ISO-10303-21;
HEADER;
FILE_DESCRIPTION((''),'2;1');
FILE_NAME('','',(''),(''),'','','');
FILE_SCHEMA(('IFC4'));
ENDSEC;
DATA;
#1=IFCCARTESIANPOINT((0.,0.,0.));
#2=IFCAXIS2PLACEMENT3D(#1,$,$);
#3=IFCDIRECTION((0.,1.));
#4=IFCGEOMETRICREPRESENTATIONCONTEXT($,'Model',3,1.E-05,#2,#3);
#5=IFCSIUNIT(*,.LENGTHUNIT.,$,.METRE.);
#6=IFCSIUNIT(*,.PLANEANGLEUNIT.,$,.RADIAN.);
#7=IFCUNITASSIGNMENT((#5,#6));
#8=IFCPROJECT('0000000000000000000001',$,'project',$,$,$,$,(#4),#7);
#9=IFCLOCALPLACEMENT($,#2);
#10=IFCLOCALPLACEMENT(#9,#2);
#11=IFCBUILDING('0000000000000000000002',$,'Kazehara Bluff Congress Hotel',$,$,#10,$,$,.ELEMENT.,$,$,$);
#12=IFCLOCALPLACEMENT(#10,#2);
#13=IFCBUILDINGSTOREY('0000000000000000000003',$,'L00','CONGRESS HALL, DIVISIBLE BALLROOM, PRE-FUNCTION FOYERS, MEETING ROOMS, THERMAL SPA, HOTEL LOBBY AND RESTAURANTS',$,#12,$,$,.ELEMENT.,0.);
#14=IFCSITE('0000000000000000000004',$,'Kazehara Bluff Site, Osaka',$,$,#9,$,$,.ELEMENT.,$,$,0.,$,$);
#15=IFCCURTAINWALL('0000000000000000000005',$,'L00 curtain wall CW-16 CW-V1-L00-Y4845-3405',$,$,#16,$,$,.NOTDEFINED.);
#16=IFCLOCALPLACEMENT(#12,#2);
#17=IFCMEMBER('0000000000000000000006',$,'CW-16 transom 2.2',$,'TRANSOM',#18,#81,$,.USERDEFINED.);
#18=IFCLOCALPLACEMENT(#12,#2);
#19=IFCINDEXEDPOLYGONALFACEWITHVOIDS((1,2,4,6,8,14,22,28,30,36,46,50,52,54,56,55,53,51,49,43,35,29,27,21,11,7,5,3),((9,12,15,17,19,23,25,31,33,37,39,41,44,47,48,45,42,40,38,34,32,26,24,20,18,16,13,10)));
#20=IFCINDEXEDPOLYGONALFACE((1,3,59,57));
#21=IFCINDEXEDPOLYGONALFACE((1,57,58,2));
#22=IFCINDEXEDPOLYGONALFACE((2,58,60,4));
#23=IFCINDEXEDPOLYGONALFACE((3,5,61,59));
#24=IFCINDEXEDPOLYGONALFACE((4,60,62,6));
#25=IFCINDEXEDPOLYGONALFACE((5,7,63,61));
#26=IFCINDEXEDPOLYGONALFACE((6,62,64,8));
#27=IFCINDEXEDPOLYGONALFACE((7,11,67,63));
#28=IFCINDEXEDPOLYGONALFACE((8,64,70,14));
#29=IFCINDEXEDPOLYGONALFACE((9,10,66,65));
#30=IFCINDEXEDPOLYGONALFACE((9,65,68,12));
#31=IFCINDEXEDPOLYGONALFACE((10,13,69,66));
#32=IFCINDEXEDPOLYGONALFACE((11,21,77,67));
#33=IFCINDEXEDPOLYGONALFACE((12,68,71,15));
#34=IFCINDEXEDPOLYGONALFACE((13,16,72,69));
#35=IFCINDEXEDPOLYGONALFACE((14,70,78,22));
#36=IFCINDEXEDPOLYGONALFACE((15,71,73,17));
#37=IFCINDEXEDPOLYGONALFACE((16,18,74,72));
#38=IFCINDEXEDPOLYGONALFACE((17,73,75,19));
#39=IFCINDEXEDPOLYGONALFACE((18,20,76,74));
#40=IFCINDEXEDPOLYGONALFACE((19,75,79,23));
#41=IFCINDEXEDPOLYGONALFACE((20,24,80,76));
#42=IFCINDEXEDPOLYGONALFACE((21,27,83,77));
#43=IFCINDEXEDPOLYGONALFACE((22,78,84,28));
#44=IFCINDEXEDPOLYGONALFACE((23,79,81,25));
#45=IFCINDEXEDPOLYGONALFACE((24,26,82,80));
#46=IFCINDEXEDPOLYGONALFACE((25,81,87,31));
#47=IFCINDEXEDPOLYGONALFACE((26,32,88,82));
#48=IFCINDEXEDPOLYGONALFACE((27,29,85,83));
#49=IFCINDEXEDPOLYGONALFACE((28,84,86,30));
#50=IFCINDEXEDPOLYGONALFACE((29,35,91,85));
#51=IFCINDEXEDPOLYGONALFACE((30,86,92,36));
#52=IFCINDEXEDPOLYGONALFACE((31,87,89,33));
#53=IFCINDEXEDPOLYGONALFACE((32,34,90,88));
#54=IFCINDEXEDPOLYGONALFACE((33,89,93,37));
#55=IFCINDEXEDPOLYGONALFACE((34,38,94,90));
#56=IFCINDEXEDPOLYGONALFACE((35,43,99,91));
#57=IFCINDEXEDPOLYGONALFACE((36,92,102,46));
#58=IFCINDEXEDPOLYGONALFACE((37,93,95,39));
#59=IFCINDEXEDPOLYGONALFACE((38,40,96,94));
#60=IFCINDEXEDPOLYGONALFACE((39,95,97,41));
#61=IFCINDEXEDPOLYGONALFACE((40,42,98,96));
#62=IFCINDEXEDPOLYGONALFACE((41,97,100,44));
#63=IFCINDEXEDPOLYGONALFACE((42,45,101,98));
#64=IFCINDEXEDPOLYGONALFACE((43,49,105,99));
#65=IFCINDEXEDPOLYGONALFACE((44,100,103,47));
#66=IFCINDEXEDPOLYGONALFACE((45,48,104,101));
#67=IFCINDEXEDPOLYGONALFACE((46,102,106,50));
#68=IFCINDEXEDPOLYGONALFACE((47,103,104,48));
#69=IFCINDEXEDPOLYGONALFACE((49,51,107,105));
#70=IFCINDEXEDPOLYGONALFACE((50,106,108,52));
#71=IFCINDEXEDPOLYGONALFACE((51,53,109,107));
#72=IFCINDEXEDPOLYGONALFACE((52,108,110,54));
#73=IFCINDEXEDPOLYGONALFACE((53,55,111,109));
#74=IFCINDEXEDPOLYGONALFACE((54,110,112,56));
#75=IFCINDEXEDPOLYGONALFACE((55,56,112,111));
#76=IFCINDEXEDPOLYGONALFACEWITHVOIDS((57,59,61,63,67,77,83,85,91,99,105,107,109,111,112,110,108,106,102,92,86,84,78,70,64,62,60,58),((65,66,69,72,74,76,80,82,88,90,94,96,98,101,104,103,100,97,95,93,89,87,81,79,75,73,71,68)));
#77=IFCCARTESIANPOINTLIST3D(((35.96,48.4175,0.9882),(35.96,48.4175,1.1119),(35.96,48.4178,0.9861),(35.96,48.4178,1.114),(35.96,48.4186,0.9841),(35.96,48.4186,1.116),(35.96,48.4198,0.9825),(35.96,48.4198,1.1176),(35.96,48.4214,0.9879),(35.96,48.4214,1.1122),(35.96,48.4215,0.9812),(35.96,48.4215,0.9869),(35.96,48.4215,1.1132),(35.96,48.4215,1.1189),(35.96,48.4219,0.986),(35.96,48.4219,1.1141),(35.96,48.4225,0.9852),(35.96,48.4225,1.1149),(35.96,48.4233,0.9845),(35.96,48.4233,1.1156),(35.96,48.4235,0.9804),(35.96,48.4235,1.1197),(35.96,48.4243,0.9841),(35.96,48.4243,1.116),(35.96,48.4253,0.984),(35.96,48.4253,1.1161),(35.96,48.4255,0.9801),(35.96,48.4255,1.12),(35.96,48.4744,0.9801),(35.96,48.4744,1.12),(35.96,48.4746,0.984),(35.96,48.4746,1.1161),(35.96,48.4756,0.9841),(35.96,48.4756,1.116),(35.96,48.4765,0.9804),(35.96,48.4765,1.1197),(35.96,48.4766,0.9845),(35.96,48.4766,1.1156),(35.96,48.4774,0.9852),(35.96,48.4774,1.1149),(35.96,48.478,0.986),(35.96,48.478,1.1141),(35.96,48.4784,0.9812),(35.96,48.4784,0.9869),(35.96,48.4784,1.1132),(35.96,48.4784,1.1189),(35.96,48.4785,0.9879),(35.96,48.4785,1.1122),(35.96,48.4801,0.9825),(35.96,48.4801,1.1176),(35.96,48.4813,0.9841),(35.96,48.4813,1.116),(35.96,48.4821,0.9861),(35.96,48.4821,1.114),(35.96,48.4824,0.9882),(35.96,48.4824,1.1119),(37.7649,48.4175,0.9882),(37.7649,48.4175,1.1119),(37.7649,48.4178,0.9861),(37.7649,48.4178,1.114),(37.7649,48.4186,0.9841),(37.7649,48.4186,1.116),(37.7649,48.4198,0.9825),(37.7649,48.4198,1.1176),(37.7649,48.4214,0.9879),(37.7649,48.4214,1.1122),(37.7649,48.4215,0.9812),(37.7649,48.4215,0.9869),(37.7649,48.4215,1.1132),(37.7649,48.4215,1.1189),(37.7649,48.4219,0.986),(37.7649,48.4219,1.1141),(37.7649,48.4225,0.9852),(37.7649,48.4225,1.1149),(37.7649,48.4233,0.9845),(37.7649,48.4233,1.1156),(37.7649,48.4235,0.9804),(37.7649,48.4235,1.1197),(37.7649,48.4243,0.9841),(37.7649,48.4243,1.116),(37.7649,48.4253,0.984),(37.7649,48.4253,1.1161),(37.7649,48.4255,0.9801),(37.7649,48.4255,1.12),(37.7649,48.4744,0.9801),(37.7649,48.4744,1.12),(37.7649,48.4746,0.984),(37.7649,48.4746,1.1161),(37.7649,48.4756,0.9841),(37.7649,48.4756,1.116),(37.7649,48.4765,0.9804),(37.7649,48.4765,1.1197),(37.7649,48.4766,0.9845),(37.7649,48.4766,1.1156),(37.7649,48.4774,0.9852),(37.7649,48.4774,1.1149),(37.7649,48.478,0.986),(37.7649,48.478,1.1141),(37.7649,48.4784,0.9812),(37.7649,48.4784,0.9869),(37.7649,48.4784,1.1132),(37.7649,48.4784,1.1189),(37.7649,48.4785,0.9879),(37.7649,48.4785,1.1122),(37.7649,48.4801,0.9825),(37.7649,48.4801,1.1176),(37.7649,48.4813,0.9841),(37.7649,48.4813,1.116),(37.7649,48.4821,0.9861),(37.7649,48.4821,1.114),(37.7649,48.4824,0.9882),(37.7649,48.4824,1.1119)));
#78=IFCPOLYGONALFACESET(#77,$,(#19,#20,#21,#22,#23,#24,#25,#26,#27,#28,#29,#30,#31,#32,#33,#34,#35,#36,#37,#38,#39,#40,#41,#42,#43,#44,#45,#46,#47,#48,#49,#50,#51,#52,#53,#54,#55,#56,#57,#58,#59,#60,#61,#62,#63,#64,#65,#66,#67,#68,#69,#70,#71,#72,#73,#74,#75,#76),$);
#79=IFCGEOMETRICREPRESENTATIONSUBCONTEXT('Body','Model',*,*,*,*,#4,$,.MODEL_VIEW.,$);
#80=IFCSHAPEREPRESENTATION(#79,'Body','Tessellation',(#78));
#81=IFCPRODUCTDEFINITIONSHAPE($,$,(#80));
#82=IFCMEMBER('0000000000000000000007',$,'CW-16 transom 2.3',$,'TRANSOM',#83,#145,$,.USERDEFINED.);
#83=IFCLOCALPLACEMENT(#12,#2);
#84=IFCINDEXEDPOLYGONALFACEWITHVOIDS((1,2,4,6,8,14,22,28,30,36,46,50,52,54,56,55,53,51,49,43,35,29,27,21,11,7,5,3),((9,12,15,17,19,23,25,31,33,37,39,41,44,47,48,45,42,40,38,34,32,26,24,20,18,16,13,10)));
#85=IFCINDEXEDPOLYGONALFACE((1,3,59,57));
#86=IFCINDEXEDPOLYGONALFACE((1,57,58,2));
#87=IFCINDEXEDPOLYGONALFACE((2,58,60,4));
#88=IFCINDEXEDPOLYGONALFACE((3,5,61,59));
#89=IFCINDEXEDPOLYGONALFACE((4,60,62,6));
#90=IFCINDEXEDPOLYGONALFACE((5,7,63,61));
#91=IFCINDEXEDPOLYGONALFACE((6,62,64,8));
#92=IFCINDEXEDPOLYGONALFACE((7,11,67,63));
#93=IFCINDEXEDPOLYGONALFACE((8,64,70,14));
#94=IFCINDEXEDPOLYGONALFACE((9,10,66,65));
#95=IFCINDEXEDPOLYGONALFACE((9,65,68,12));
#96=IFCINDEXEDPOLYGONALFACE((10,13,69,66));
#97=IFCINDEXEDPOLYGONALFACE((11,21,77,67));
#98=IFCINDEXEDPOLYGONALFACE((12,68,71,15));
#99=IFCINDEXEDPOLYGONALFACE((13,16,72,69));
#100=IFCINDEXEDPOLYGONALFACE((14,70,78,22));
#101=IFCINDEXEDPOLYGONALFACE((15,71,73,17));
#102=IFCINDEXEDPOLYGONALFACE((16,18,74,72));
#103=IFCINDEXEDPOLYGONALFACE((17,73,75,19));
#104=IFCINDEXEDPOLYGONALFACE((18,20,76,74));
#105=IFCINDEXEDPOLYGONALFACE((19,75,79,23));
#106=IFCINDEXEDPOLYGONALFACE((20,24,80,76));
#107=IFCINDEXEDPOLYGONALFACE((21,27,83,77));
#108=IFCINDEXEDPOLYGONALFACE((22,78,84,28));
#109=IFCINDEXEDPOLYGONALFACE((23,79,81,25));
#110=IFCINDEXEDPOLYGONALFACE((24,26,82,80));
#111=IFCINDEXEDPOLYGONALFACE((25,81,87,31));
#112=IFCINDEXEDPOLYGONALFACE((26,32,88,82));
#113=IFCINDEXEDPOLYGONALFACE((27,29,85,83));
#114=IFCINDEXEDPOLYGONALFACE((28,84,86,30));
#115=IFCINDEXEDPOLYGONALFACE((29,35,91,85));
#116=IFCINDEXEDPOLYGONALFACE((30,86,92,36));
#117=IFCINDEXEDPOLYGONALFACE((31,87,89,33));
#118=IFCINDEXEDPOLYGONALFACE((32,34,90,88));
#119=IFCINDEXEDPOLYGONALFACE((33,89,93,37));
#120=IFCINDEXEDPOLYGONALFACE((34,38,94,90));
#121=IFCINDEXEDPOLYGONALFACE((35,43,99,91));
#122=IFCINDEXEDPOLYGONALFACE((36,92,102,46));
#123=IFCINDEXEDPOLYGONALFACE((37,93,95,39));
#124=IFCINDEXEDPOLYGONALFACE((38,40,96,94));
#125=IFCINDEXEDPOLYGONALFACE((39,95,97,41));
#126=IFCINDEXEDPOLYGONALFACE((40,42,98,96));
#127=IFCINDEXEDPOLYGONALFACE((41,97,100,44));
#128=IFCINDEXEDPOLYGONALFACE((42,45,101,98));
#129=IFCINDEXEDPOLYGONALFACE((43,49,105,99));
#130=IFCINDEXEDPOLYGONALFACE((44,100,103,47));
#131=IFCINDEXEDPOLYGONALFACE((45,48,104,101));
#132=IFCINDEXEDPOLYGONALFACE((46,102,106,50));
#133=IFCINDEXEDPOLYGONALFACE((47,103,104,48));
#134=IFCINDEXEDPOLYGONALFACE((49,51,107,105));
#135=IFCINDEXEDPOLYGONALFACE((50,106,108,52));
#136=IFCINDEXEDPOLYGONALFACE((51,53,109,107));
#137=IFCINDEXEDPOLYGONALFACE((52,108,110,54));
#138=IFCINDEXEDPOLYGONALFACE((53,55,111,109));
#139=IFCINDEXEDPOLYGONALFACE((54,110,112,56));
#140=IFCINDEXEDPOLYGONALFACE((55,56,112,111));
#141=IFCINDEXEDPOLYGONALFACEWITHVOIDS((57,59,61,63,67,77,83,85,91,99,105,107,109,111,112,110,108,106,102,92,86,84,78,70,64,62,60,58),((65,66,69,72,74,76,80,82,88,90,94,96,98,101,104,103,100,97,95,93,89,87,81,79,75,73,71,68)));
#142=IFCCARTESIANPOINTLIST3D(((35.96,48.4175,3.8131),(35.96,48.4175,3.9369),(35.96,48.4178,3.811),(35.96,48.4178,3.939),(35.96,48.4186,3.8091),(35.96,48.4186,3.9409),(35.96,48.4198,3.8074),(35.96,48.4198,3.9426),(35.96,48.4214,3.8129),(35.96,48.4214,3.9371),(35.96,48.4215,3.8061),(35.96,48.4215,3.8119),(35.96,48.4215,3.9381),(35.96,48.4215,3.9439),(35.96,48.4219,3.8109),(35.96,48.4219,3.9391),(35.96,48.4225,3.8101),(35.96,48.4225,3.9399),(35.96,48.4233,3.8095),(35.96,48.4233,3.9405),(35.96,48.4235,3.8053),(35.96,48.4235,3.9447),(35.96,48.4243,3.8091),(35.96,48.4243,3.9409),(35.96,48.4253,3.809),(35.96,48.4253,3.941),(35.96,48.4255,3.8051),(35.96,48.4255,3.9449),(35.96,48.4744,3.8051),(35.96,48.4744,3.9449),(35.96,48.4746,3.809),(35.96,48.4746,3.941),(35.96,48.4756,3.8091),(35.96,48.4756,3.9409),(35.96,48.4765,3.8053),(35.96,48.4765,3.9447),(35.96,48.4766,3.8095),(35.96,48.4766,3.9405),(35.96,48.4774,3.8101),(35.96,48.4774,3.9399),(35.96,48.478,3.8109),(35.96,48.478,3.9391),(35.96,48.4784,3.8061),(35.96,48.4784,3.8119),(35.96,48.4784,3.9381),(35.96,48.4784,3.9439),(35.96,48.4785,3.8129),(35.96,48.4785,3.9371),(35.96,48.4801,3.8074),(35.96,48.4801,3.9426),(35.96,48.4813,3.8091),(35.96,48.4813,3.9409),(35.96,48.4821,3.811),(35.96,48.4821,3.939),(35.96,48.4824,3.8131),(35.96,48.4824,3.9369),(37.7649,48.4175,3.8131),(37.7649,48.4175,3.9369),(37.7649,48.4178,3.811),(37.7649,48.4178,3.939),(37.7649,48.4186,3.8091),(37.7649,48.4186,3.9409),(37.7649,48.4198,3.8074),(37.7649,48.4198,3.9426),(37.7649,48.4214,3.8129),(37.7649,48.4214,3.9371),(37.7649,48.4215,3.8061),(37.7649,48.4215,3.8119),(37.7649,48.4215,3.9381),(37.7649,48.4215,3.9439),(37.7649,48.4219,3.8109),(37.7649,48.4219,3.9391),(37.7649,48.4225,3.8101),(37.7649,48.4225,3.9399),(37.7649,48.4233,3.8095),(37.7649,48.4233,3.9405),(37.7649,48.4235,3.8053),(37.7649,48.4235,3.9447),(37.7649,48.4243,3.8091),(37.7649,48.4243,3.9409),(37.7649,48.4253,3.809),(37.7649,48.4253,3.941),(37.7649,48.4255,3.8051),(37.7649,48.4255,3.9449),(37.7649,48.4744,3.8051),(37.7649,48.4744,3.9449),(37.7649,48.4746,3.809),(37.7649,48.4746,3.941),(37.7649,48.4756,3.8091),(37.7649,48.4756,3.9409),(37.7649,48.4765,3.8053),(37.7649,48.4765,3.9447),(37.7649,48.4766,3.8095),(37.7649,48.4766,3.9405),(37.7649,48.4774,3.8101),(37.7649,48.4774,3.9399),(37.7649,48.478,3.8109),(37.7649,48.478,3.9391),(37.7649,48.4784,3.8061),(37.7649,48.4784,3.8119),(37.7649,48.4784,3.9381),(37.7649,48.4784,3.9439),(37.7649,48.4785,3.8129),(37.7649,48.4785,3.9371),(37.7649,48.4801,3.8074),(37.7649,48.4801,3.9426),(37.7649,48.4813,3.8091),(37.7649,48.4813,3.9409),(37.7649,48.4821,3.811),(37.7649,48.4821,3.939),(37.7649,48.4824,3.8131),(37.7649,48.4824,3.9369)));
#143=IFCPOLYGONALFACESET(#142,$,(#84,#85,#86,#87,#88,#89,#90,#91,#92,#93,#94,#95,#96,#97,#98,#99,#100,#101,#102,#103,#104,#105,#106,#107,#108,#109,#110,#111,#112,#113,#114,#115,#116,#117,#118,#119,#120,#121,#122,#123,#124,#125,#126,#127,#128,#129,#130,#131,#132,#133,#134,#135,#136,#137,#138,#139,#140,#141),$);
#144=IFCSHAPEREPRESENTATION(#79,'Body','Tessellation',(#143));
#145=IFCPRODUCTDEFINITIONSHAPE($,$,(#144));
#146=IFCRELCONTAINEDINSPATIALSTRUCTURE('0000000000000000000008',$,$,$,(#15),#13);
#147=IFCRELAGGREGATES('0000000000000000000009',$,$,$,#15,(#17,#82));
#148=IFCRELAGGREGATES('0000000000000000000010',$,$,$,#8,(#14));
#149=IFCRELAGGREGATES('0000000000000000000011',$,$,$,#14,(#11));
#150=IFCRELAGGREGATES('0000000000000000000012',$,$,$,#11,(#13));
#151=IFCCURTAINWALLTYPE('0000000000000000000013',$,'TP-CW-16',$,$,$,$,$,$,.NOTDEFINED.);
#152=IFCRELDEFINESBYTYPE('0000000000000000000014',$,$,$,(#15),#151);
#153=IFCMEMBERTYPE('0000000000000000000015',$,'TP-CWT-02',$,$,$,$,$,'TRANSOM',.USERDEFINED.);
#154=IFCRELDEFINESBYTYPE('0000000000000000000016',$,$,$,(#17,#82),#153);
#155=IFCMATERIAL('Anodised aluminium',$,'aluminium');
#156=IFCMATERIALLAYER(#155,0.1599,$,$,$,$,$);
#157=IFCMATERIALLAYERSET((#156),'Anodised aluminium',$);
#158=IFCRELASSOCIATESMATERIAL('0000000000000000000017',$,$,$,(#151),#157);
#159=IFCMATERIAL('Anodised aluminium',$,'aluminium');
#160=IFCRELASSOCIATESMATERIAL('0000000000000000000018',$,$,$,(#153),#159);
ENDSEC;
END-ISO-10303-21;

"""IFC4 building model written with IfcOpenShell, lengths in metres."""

from ifc_helpers import new_model, si_unit, direction, frame, origin, origin_2d, place, context, subcontext, project, spatial, hollow_rectangle, extrude, material, layer, layer_set, material_profile, profile_set, type_object, element, aggregate, save


model = new_model("IFC4")

# Units and contexts
model_context = context("Model", 3, precision=1e-05, world=origin(), true_north=direction((0.0, 1.0)))
body_context = subcontext(model_context, "Body", "Model", "MODEL_VIEW")
ifc_project = project(units=[si_unit("LENGTHUNIT", "METRE"), si_unit("PLANEANGLEUNIT", "RADIAN")], contexts=[model_context])

# Site, building, storey
site_placement = place(None, origin())
site = spatial("IfcSite", under=ifc_project, at=site_placement, Name="Kazehara Bluff Site, Osaka", CompositionType="ELEMENT", RefElevation=0.0)
building_placement = place(site_placement, origin())
building = spatial("IfcBuilding", under=site, at=building_placement, Name="Kazehara Bluff Congress Hotel", CompositionType="ELEMENT")
storey_placement = place(building_placement, origin())
storey = spatial("IfcBuildingStorey", under=building, at=storey_placement, Name="L00", Description="CONGRESS HALL, DIVISIBLE BALLROOM, PRE-FUNCTION FOYERS, MEETING ROOMS, THERMAL SPA, HOTEL LOBBY AND RESTAURANTS", CompositionType="ELEMENT", Elevation=0.0)

# Curtain wall, members
ifc_material_1 = material(Name="Anodised aluminium", Category="aluminium")
ifc_layer_1 = layer(ifc_material_1, 0.1599)
ifc_layer_set_1 = layer_set([ifc_layer_1], Name="Anodised aluminium")
curtain_wall_type = type_object("IfcCurtainWallType", Name="TP-CW-16", PredefinedType="NOTDEFINED", material=ifc_layer_set_1)
curtain_wall_placement = place(storey_placement, origin())
curtain_wall = element("IfcCurtainWall", 1, at=curtain_wall_placement, inside=storey, type_object=curtain_wall_type, Name="L00 curtain wall CW-16 CW-V1-L00-Y4845-3405", PredefinedType="NOTDEFINED")
ifc_material_2 = material(Name="Anodised aluminium", Category="aluminium")
ifc_material_profile_1 = material_profile(ifc_material_2, hollow_rectangle(XDim=0.0649, YDim=0.1399, WallThickness=0.0039, InnerFilletRadius=0.0039, OuterFilletRadius=0.0081, at=origin_2d()))
ifc_profile_set_1 = profile_set([ifc_material_profile_1], Name="Anodised aluminium")
member_type_1 = type_object("IfcMemberType", Name="TP-CWT-02", ElementType="TRANSOM", PredefinedType="USERDEFINED", material=ifc_profile_set_1)
member_1_placement = place(storey_placement, frame((35.96, 48.45, 1.05), z_axis=(1.0, 0.0, 0.0), x_axis=(0.0, 1.0, 0.0)))
member_1 = element("IfcMember", 2, at=member_1_placement, type_object=member_type_1, Name="CW-16 transom 2.2", ObjectType="TRANSOM", PredefinedType="USERDEFINED", context=body_context, shape_type="SweptSolid", body=[
    extrude(hollow_rectangle(XDim=0.0649, YDim=0.1399, WallThickness=0.0039, InnerFilletRadius=0.0039, OuterFilletRadius=0.0081, at=origin_2d()), origin(), (0.0, 0.0, 1.0), 1.8049),
])
member_2_placement = place(storey_placement, frame((35.96, 48.45, 3.875), z_axis=(1.0, 0.0, 0.0), x_axis=(0.0, 1.0, 0.0)))
member_2 = element("IfcMember", 3, at=member_2_placement, type_object=member_type_1, Name="CW-16 transom 2.3", ObjectType="TRANSOM", PredefinedType="USERDEFINED", context=body_context, shape_type="SweptSolid", body=[
    extrude(hollow_rectangle(XDim=0.0649, YDim=0.1399, WallThickness=0.0039, InnerFilletRadius=0.0039, OuterFilletRadius=0.0081, at=origin_2d()), origin(), (0.0, 0.0, 1.0), 1.8049),
])

aggregate(curtain_wall, [member_1, member_2])

save(model, "model.ifc")
